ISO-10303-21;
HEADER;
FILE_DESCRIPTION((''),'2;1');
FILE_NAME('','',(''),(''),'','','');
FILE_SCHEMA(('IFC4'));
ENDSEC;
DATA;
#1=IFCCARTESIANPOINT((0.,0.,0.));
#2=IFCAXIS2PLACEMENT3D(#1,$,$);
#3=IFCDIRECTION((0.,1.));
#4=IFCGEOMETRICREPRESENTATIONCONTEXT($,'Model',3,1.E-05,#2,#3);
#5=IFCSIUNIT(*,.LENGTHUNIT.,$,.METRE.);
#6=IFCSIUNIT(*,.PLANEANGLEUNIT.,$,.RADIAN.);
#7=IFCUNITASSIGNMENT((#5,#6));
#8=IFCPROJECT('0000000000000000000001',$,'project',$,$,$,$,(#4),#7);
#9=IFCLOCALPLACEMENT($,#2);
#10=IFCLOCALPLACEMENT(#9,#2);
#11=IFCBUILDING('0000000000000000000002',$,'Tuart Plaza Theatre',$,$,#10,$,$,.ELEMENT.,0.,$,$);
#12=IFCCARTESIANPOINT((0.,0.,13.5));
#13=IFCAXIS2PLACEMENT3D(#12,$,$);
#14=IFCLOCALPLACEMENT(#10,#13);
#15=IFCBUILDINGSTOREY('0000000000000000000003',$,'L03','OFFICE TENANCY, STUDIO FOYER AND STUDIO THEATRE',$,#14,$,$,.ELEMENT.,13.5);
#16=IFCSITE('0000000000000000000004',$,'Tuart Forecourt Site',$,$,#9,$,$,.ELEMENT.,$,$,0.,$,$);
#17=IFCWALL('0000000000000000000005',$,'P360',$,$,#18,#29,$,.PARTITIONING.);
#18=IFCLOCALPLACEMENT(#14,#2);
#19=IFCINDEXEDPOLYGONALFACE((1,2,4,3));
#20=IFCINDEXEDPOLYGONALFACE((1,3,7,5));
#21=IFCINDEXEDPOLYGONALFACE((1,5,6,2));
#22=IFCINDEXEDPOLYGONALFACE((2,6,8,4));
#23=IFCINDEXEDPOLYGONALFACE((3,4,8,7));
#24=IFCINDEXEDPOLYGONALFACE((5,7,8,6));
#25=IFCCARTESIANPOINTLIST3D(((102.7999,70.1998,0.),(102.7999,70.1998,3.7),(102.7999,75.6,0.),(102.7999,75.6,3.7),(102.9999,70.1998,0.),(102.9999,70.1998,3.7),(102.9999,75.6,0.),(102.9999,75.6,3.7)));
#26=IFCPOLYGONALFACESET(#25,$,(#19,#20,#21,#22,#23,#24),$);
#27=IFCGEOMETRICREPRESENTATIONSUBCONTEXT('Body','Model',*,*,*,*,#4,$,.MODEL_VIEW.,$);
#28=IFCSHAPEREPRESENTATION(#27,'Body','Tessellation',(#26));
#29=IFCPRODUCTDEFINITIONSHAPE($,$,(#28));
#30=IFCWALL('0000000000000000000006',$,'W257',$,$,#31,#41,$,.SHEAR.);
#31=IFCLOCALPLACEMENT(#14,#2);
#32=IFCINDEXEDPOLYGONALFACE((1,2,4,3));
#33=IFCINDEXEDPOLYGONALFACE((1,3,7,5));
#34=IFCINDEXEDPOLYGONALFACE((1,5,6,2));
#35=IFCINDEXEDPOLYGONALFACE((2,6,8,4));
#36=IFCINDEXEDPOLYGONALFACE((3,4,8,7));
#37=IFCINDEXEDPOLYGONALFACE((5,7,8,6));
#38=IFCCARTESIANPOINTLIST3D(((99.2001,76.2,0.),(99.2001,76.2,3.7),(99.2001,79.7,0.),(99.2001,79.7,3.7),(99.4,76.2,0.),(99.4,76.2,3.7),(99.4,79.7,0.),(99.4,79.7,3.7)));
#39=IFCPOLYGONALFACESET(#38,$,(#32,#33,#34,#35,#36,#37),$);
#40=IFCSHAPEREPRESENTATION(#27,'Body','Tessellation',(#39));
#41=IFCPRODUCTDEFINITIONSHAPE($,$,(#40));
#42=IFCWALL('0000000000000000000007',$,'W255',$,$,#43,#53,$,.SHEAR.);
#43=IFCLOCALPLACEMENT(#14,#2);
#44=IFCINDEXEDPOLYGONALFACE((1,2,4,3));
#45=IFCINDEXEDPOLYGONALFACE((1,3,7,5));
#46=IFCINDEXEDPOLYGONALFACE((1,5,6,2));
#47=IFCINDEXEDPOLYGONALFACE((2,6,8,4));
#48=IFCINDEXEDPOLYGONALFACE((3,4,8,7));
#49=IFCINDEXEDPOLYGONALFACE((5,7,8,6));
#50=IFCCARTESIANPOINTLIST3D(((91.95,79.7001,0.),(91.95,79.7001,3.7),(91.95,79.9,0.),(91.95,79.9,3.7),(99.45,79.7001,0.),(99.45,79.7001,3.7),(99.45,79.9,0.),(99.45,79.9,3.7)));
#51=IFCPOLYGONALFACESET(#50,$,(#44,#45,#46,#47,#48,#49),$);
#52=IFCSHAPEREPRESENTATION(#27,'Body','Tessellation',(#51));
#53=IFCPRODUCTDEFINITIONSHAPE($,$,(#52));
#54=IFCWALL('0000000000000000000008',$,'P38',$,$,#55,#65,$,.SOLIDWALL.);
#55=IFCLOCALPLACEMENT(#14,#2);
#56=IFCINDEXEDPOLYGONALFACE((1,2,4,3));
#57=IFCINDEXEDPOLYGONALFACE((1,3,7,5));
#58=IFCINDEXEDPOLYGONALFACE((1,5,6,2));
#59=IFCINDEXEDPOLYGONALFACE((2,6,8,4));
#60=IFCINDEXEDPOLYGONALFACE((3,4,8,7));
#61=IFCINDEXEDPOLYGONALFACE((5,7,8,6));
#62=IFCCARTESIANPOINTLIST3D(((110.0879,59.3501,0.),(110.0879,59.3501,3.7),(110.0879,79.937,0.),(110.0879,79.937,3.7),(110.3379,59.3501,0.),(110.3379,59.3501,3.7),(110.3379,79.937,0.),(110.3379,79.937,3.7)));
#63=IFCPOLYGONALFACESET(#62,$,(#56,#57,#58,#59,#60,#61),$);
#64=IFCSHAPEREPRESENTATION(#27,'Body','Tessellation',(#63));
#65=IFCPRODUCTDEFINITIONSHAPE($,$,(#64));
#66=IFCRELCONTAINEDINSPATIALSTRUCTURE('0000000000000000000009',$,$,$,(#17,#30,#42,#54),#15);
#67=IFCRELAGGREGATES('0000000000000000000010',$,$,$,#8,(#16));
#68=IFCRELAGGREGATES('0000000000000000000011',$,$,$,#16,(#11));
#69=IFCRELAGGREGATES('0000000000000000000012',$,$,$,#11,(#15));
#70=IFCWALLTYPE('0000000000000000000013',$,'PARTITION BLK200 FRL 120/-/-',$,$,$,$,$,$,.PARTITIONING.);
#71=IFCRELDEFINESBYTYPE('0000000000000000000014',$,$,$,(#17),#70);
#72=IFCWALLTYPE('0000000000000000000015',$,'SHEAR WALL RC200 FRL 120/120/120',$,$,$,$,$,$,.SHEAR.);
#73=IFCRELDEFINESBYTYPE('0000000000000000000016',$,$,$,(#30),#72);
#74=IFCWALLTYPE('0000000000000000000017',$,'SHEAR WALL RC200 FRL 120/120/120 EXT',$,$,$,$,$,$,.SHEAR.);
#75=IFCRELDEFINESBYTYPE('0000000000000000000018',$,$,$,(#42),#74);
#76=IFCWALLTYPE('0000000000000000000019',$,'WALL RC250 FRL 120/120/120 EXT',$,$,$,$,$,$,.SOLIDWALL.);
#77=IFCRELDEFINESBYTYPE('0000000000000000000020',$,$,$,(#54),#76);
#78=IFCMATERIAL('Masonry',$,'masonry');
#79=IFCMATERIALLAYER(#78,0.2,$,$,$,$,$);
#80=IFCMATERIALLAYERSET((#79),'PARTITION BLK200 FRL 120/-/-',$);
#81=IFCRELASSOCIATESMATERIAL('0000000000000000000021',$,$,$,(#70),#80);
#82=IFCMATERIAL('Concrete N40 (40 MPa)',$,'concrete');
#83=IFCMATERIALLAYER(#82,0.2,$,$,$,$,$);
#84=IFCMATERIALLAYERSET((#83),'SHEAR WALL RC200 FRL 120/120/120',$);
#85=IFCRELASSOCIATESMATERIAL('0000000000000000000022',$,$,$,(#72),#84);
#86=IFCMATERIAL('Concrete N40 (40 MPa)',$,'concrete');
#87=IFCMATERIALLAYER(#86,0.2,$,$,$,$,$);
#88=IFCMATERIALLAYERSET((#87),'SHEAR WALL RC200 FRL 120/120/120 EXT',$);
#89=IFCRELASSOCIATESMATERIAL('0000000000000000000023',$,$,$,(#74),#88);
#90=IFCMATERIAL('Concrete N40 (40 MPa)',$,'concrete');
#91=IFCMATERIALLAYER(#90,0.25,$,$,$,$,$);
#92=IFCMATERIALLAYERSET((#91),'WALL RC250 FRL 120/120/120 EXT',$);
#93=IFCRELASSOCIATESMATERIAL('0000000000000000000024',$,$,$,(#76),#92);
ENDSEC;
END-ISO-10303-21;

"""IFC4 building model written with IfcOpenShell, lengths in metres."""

from ifc_helpers import new_model, si_unit, direction, frame, frame_2d, origin, place, context, subcontext, project, spatial, rectangle, extrude, material, layer, layer_set, type_object, element, save


model = new_model("IFC4")

# Units and contexts
model_context = context("Model", 3, precision=1e-05, world=origin(), true_north=direction((0.0, 1.0)))
body_context = subcontext(model_context, "Body", "Model", "MODEL_VIEW")
ifc_project = project(units=[si_unit("LENGTHUNIT", "METRE"), si_unit("PLANEANGLEUNIT", "RADIAN")], contexts=[model_context])

# Site, building, storey
site_placement = place(None, origin())
site = spatial("IfcSite", under=ifc_project, at=site_placement, Name="Tuart Forecourt Site", CompositionType="ELEMENT", RefElevation=0.0)
building_placement = place(site_placement, origin())
building = spatial("IfcBuilding", under=site, at=building_placement, Name="Tuart Plaza Theatre", CompositionType="ELEMENT", ElevationOfRefHeight=0.0)
storey_placement = place(building_placement, frame((0.0, 0.0, 13.5)))
storey = spatial("IfcBuildingStorey", under=building, at=storey_placement, Name="L03", Description="OFFICE TENANCY, STUDIO FOYER AND STUDIO THEATRE", CompositionType="ELEMENT", Elevation=13.5)

# Shared definitions
ifc_material_1 = material(Name="Masonry", Category="masonry")
ifc_layer_1 = layer(ifc_material_1, 0.2)
ifc_layer_set_1 = layer_set([ifc_layer_1], Name="PARTITION BLK200 FRL 120/-/-")
wall_type_1 = type_object("IfcWallType", Name="PARTITION BLK200 FRL 120/-/-", PredefinedType="PARTITIONING", material=ifc_layer_set_1)

# Walls
wall_1_placement = place(storey_placement, frame((102.8999, 75.6001, 0.0), z_axis=(0.0, 0.0, 1.0), x_axis=(0.0, -1.0, 0.0)))
element("IfcWall", 1, at=wall_1_placement, inside=storey, type_object=wall_type_1, Name="P360", PredefinedType="PARTITIONING", context=body_context, shape_type="SweptSolid", body=[
    extrude(rectangle(XDim=5.4001, YDim=0.2, at=frame_2d((2.7002, 0.0))), origin(), (0.0, 0.0, 1.0), 3.7),
])
ifc_material_2 = material(Name="Concrete N40 (40 MPa)", Category="concrete")
ifc_layer_2 = layer(ifc_material_2, 0.2)
ifc_layer_set_2 = layer_set([ifc_layer_2], Name="SHEAR WALL RC200 FRL 120/120/120")
wall_type_2 = type_object("IfcWallType", Name="SHEAR WALL RC200 FRL 120/120/120", PredefinedType="SHEAR", material=ifc_layer_set_2)
wall_2_placement = place(storey_placement, frame((99.3, 76.2, 0.0), z_axis=(0.0, 0.0, 1.0), x_axis=(0.0, 1.0, 0.0)))
element("IfcWall", 2, at=wall_2_placement, inside=storey, type_object=wall_type_2, Name="W257", PredefinedType="SHEAR", context=body_context, shape_type="SweptSolid", body=[
    extrude(rectangle(XDim=3.5, YDim=0.2, at=frame_2d((1.75, 0.0))), origin(), (0.0, 0.0, 1.0), 3.7),
])
ifc_material_3 = material(Name="Concrete N40 (40 MPa)", Category="concrete")
ifc_layer_3 = layer(ifc_material_3, 0.2)
ifc_layer_set_3 = layer_set([ifc_layer_3], Name="SHEAR WALL RC200 FRL 120/120/120 EXT")
wall_type_3 = type_object("IfcWallType", Name="SHEAR WALL RC200 FRL 120/120/120 EXT", PredefinedType="SHEAR", material=ifc_layer_set_3)
wall_3_placement = place(storey_placement, frame((99.45, 79.8, 0.0), z_axis=(0.0, 0.0, 1.0), x_axis=(-1.0, 0.0, 0.0)))
element("IfcWall", 3, at=wall_3_placement, inside=storey, type_object=wall_type_3, Name="W255", PredefinedType="SHEAR", context=body_context, shape_type="SweptSolid", body=[
    extrude(rectangle(XDim=7.5, YDim=0.2, at=frame_2d((3.75, 0.0))), origin(), (0.0, 0.0, 1.0), 3.7),
])
ifc_material_4 = material(Name="Concrete N40 (40 MPa)", Category="concrete")
ifc_layer_4 = layer(ifc_material_4, 0.25)
ifc_layer_set_4 = layer_set([ifc_layer_4], Name="WALL RC250 FRL 120/120/120 EXT")
wall_type_4 = type_object("IfcWallType", Name="WALL RC250 FRL 120/120/120 EXT", PredefinedType="SOLIDWALL", material=ifc_layer_set_4)
wall_4_placement = place(storey_placement, frame((110.2129, 59.3501, 0.0), z_axis=(0.0, 0.0, 1.0), x_axis=(0.0, 1.0, 0.0)))
element("IfcWall", 4, at=wall_4_placement, inside=storey, type_object=wall_type_4, Name="P38", PredefinedType="SOLIDWALL", context=body_context, shape_type="SweptSolid", body=[
    extrude(rectangle(XDim=20.5869, YDim=0.25, at=frame_2d((10.2935, 0.0))), origin(), (0.0, 0.0, 1.0), 3.7),
])

save(model, "model.ifc")
